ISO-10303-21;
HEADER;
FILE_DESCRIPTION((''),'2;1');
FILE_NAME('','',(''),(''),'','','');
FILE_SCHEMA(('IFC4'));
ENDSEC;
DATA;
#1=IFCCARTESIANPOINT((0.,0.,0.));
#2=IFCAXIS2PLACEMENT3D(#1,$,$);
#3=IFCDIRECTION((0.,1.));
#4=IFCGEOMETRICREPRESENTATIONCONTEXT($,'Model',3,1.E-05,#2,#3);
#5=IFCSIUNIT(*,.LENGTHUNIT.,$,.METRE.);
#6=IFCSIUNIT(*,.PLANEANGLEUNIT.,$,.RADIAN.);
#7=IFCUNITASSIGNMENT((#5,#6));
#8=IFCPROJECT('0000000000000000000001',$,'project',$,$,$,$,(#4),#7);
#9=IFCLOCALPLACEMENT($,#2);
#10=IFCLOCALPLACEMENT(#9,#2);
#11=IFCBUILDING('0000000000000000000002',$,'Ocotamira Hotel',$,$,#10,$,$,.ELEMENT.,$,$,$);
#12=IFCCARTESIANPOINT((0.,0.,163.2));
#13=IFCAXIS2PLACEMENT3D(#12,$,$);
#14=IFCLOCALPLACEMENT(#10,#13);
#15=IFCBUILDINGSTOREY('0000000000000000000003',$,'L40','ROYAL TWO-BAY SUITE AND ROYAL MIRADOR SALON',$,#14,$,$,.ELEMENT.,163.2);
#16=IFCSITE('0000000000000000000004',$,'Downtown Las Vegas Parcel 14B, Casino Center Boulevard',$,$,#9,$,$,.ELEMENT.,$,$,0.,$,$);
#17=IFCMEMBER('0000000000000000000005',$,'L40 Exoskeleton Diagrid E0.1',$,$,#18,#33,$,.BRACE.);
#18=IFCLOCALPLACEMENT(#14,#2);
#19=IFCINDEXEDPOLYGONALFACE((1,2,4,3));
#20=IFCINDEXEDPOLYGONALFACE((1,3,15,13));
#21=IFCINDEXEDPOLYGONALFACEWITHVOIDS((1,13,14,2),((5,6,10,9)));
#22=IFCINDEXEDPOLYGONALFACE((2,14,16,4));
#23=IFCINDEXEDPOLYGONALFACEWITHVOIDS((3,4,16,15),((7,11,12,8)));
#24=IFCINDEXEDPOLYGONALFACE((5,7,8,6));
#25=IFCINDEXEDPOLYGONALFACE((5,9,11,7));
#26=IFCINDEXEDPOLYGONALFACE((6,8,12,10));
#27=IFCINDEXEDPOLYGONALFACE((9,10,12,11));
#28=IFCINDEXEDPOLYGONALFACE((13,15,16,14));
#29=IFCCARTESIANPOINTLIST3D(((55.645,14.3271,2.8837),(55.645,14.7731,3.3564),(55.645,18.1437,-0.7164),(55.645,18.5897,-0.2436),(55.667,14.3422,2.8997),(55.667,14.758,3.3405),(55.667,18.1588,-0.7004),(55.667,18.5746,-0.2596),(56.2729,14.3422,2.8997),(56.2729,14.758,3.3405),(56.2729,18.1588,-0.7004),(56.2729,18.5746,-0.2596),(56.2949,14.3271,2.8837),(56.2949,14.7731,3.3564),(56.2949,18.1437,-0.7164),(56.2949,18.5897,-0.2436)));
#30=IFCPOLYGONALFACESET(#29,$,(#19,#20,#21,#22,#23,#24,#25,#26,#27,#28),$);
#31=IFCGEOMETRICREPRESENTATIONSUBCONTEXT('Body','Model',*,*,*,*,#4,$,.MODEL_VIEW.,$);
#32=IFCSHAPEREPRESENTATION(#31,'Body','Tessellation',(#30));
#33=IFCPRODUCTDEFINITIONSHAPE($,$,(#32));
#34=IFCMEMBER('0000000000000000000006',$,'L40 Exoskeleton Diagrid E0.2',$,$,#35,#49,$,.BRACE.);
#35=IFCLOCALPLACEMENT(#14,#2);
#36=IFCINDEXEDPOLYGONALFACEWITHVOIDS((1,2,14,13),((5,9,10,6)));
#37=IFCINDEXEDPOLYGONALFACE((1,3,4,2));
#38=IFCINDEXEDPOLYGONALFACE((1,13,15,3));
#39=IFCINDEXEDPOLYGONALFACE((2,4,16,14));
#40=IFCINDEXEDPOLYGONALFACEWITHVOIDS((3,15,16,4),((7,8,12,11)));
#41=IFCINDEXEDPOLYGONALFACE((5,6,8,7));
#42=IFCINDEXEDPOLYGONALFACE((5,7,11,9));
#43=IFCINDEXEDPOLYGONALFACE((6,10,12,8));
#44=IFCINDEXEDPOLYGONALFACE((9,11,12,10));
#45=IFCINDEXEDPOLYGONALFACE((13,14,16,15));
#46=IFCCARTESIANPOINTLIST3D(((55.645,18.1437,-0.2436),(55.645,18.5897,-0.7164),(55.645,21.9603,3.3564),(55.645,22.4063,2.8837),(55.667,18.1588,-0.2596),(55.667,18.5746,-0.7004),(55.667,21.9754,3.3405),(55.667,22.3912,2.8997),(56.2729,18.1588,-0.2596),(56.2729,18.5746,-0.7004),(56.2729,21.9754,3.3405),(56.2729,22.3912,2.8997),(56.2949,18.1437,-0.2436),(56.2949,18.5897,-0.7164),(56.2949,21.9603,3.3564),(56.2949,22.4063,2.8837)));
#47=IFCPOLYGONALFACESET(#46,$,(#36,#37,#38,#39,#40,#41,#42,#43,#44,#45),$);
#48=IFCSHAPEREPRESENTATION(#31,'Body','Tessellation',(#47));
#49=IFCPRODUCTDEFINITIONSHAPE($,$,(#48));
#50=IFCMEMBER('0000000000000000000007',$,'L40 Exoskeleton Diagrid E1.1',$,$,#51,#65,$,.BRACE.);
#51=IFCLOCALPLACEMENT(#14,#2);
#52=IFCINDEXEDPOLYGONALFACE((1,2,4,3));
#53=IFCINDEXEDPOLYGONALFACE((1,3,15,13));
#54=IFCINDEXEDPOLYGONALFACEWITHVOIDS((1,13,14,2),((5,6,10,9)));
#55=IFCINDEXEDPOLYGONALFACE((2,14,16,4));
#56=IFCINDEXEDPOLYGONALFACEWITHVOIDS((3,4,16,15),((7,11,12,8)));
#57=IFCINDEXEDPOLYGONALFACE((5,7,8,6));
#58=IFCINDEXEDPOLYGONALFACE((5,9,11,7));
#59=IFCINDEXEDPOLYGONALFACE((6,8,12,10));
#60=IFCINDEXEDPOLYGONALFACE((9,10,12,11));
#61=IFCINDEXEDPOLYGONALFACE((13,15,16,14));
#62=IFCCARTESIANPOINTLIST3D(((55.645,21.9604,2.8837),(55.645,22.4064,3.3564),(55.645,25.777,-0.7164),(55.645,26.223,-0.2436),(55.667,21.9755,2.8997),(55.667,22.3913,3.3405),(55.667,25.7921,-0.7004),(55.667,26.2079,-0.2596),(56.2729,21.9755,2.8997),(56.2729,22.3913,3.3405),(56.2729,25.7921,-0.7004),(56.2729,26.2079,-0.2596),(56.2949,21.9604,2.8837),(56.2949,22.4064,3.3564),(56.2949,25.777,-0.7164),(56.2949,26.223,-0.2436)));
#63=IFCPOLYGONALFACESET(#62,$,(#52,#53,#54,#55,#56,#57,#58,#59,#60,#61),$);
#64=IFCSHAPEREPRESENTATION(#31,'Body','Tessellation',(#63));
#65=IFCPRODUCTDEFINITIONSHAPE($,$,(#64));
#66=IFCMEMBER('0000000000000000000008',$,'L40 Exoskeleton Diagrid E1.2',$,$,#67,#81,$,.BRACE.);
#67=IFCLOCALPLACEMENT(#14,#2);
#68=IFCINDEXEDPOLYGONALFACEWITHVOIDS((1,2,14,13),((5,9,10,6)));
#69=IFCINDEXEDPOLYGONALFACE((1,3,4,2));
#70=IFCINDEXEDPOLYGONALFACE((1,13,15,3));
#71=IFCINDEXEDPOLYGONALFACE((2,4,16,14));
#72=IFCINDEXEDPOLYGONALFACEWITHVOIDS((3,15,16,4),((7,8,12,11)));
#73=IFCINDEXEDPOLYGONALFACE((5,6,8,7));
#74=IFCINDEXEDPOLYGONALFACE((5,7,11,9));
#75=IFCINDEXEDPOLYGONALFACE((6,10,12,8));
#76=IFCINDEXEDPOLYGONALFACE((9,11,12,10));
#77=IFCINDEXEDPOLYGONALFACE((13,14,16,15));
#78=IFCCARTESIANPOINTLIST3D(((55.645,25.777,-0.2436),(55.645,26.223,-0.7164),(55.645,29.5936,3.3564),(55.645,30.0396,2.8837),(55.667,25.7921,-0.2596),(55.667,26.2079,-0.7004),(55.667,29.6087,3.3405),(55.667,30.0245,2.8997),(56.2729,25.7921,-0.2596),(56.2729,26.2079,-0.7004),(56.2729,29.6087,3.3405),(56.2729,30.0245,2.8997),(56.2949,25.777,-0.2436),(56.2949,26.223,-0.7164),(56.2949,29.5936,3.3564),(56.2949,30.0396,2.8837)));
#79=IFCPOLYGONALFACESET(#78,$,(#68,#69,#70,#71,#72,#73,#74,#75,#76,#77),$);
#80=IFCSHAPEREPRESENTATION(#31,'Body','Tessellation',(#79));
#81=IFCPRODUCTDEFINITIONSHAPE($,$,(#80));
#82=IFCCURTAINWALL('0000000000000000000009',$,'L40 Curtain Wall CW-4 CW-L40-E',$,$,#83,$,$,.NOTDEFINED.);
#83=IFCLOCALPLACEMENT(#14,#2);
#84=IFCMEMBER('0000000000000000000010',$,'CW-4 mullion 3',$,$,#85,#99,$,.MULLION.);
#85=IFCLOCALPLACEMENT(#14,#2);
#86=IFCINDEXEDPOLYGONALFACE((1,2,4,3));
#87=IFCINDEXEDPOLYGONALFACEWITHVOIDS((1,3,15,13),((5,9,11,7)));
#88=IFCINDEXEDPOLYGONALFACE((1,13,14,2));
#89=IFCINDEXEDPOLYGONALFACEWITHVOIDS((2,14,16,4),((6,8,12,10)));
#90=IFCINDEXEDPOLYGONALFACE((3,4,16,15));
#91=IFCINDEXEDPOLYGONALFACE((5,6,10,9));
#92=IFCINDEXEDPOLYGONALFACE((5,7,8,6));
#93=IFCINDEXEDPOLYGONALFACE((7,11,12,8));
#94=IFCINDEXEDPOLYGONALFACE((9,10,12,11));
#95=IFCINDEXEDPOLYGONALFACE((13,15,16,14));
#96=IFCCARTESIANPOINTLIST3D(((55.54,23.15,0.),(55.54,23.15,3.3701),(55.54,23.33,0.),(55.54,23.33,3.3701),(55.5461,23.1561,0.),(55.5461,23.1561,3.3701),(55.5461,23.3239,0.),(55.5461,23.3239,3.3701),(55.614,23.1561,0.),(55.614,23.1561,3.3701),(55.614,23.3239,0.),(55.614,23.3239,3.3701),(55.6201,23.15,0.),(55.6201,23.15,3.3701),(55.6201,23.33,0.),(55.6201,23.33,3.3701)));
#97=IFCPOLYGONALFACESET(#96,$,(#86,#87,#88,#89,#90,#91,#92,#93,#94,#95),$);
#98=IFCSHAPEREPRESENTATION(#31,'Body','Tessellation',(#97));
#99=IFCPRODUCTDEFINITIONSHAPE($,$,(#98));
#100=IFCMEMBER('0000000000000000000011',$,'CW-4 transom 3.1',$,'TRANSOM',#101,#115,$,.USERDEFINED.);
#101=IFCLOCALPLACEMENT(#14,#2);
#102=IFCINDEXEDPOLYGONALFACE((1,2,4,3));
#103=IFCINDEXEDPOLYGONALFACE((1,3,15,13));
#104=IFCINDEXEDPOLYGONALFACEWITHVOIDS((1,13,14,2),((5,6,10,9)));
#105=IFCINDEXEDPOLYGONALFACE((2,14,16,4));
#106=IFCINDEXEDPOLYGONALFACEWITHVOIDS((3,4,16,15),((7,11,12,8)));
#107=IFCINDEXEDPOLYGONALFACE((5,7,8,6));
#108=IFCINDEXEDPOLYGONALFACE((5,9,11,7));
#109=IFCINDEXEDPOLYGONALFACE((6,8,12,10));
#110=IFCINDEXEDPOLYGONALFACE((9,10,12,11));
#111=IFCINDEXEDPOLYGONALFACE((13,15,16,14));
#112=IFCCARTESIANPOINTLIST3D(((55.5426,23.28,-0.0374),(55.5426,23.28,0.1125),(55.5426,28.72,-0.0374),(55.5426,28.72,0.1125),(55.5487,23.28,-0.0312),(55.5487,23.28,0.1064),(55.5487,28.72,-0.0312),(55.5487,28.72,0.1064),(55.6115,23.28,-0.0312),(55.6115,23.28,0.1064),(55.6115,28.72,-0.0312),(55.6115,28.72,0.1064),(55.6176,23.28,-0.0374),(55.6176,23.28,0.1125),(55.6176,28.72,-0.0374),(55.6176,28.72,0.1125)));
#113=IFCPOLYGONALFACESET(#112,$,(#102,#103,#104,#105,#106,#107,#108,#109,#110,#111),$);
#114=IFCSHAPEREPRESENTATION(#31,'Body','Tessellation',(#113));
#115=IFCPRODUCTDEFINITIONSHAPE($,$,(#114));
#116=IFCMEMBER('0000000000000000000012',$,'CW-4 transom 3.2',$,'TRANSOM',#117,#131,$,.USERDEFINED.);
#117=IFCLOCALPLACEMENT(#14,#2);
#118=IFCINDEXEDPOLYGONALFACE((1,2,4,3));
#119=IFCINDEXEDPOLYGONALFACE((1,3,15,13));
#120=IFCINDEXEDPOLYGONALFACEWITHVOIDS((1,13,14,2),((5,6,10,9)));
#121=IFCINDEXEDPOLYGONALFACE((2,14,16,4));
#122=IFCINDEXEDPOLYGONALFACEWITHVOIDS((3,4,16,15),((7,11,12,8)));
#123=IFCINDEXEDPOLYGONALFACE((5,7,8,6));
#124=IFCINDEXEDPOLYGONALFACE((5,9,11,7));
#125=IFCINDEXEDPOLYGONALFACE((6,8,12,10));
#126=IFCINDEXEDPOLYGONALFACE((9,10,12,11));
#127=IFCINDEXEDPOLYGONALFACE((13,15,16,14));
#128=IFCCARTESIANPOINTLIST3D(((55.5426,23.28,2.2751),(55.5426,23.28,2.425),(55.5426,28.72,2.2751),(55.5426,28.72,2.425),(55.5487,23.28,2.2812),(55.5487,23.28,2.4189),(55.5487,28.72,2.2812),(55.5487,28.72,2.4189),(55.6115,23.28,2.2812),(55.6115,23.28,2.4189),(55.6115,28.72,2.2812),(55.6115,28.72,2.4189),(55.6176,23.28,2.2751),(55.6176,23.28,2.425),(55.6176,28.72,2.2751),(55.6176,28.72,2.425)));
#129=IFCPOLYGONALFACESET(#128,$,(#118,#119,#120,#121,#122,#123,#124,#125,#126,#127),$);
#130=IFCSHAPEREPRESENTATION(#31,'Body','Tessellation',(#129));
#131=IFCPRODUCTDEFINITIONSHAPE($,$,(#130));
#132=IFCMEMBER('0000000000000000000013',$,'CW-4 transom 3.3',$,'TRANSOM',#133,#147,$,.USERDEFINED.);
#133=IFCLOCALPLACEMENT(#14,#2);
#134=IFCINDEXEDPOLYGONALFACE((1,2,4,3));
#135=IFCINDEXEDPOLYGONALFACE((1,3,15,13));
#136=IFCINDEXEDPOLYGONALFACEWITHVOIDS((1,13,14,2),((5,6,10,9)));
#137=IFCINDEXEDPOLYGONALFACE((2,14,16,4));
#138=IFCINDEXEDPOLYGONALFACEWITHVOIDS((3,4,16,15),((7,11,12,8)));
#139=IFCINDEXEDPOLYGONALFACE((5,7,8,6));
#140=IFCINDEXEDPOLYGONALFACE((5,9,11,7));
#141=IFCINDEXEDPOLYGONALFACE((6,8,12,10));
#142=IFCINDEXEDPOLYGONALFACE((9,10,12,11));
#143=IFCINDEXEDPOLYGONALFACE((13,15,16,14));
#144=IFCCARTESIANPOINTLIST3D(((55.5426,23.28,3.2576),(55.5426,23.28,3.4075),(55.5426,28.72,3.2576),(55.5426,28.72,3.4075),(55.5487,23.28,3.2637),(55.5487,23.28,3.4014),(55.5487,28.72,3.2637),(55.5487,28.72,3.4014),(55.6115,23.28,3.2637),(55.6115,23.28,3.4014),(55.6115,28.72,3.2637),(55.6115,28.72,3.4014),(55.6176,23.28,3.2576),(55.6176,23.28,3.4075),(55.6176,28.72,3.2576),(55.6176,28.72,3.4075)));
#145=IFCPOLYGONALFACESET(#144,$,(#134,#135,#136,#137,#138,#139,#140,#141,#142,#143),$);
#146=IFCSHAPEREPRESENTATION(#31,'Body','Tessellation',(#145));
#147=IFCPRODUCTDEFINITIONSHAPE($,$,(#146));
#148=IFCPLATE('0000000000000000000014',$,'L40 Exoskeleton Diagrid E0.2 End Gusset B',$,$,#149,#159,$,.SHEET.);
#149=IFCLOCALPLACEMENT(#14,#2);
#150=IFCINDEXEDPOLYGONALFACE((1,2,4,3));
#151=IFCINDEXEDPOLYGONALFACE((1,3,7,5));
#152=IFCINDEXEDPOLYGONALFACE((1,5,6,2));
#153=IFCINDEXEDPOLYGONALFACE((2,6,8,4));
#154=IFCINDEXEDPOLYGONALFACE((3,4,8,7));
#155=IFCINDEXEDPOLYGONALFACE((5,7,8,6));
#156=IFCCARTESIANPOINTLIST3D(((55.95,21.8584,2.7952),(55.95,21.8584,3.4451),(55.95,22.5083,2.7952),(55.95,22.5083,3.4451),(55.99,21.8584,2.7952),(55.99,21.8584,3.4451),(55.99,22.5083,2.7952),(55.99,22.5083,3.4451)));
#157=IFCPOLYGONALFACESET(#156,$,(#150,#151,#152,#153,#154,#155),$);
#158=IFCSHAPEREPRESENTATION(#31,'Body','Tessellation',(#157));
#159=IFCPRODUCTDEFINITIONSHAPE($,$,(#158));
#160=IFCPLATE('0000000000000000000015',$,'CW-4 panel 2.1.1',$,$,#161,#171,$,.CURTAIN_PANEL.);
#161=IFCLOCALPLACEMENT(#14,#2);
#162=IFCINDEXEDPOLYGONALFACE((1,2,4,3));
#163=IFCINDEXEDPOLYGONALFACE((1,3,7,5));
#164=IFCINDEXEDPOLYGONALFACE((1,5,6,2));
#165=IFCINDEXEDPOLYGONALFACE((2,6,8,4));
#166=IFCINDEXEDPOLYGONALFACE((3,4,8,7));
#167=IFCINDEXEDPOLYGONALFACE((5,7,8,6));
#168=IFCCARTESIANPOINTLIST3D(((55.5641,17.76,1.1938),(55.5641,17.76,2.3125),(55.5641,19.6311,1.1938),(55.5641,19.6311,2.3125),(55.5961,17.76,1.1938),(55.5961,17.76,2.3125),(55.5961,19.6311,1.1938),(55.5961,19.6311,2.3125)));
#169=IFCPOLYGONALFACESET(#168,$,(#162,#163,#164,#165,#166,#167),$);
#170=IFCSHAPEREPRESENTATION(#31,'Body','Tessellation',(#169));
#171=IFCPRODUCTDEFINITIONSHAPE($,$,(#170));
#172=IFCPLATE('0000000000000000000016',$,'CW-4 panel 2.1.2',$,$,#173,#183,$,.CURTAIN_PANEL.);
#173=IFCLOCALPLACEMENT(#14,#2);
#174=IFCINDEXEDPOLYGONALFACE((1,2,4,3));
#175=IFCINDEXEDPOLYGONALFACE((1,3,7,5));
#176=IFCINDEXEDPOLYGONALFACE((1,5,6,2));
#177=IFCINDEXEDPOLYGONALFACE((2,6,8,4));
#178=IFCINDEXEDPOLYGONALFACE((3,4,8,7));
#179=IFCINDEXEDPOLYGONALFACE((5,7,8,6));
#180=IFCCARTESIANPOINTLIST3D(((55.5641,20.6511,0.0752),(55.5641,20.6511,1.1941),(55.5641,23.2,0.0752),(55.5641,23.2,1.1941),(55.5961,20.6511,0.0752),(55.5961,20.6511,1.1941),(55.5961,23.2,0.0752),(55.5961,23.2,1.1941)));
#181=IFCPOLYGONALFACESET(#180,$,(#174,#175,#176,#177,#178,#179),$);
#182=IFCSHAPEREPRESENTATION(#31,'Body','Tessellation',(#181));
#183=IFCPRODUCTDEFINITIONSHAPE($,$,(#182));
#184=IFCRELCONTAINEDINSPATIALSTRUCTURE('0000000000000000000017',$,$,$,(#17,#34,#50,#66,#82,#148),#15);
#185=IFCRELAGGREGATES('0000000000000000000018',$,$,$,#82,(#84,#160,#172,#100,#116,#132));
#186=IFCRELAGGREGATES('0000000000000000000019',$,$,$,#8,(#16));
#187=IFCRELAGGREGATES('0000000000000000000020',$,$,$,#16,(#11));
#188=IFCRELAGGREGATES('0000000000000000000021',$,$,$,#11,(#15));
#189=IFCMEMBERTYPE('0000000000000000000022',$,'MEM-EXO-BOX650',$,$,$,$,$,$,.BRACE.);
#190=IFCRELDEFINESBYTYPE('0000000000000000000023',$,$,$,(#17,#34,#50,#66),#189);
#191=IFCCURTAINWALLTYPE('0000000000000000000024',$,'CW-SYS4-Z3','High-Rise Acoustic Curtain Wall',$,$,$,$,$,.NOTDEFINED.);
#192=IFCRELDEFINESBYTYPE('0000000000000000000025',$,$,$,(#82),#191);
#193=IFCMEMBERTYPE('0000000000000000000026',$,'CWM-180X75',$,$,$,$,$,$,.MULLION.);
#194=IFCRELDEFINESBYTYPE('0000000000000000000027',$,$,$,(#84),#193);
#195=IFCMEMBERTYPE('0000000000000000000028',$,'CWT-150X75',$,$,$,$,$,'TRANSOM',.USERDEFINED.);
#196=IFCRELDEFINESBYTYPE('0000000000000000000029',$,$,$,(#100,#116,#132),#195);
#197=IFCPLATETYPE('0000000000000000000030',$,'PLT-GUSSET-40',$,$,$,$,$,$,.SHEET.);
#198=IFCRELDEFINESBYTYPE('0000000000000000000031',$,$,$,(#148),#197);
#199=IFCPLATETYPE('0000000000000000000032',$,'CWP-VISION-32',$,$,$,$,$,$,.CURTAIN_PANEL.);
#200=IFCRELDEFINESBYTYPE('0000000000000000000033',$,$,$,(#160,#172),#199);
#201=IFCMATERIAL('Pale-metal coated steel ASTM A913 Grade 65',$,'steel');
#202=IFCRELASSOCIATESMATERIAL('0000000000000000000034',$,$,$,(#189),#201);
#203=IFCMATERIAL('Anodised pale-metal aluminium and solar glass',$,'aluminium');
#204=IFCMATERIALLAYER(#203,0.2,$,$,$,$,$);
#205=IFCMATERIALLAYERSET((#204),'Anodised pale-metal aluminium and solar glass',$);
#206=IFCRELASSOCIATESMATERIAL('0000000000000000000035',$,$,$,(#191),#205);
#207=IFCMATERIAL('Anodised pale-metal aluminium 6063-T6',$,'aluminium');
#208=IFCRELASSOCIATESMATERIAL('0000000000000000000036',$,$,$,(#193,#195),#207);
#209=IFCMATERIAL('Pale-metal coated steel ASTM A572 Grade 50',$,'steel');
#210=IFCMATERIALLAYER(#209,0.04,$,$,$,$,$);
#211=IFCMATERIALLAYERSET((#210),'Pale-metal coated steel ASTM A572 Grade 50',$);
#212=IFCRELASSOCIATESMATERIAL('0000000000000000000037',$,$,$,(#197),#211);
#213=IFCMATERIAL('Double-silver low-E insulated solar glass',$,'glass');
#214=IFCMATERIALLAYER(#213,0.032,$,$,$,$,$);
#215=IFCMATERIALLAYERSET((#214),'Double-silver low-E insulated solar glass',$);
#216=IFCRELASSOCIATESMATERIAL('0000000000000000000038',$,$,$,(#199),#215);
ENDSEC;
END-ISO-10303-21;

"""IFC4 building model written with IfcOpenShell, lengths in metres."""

from ifc_helpers import new_model, si_unit, direction, frame, origin, origin_2d, place, context, subcontext, project, spatial, rectangle, hollow_rectangle, extrude, source, transform, mapped, material, layer, layer_set, material_profile, profile_set, type_object, element, aggregate, save


model = new_model("IFC4")

# Units and contexts
model_context = context("Model", 3, precision=1e-05, world=origin(), true_north=direction((0.0, 1.0)))
body_context = subcontext(model_context, "Body", "Model", "MODEL_VIEW")
ifc_project = project(units=[si_unit("LENGTHUNIT", "METRE"), si_unit("PLANEANGLEUNIT", "RADIAN")], contexts=[model_context])

# Site, building, storey
site_placement = place(None, origin())
site = spatial("IfcSite", under=ifc_project, at=site_placement, Name="Downtown Las Vegas Parcel 14B, Casino Center Boulevard", CompositionType="ELEMENT", RefElevation=0.0)
building_placement = place(site_placement, origin())
building = spatial("IfcBuilding", under=site, at=building_placement, Name="Ocotamira Hotel", CompositionType="ELEMENT")
storey_placement = place(building_placement, frame((0.0, 0.0, 163.2)))
storey = spatial("IfcBuildingStorey", under=building, at=storey_placement, Name="L40", Description="ROYAL TWO-BAY SUITE AND ROYAL MIRADOR SALON", CompositionType="ELEMENT", Elevation=163.2)

# Members
ifc_material_1 = material(Name="Pale-metal coated steel ASTM A913 Grade 65", Category="steel")
ifc_material_profile_1 = material_profile(ifc_material_1, hollow_rectangle(XDim=0.6499, YDim=0.6499, WallThickness=0.022, at=origin_2d()), Name="BOX650X650X22")
ifc_profile_set_1 = profile_set([ifc_material_profile_1], Name="Pale-metal coated steel ASTM A913 Grade 65")
member_type_1 = type_object("IfcMemberType", Name="MEM-EXO-BOX650", PredefinedType="BRACE", material=ifc_profile_set_1)
shared_shape_1 = source(origin(), body_context, "Body", "SweptSolid", [
    extrude(hollow_rectangle(XDim=0.6499, YDim=0.6499, WallThickness=0.022, at=origin_2d()), origin(), (0.0, 0.0, 1.0), 5.2466),
])
for number, where, z_axis, x_axis, name in (
    (1, (55.97, 18.3667, -0.48), (0.0, -0.727443, 0.686168), (1.0, 0.0, 0.0), "L40 Exoskeleton Diagrid E0.1"),
    (2, (55.97, 18.3667, -0.48), (0.0, 0.727443, 0.686168), (-1.0, 0.0, 0.0), "L40 Exoskeleton Diagrid E0.2"),
    (3, (55.97, 26.0, -0.48), (0.0, -0.727443, 0.686168), (1.0, 0.0, 0.0), "L40 Exoskeleton Diagrid E1.1"),
    (4, (55.97, 26.0, -0.48), (0.0, 0.727443, 0.686168), (-1.0, 0.0, 0.0), "L40 Exoskeleton Diagrid E1.2"),
):
    element("IfcMember", number, at=place(storey_placement, frame(where, z_axis=z_axis, x_axis=x_axis)), inside=storey, type_object=member_type_1, Name=name, PredefinedType="BRACE", context=body_context, shape_type="MappedRepresentation", body=[
        mapped(shared_shape_1, transform((0.0, 0.0, 0.0), scale=1.0)),
    ])

# Curtain wall, members
ifc_material_2 = material(Name="Anodised pale-metal aluminium and solar glass", Category="aluminium")
ifc_layer_1 = layer(ifc_material_2, 0.2)
ifc_layer_set_1 = layer_set([ifc_layer_1], Name="Anodised pale-metal aluminium and solar glass")
curtain_wall_type = type_object("IfcCurtainWallType", Name="CW-SYS4-Z3", Description="High-Rise Acoustic Curtain Wall", PredefinedType="NOTDEFINED", material=ifc_layer_set_1)
curtain_wall_placement = place(storey_placement, origin())
curtain_wall = element("IfcCurtainWall", 5, at=curtain_wall_placement, inside=storey, type_object=curtain_wall_type, Name="L40 Curtain Wall CW-4 CW-L40-E", PredefinedType="NOTDEFINED")
ifc_material_3 = material(Name="Anodised pale-metal aluminium 6063-T6", Category="aluminium")
ifc_material_profile_2 = material_profile(ifc_material_3, hollow_rectangle(XDim=0.0801, YDim=0.1799, WallThickness=0.0061, at=origin_2d()), Name="HSS180X80X6")
ifc_profile_set_2 = profile_set([ifc_material_profile_2], Name="Anodised pale-metal aluminium 6063-T6")
member_type_2 = type_object("IfcMemberType", Name="CWM-180X75", PredefinedType="MULLION", material=ifc_profile_set_2)
shared_shape_2 = source(origin(), body_context, "Body", "SweptSolid", [
    extrude(hollow_rectangle(XDim=0.0801, YDim=0.1799, WallThickness=0.0061, at=origin_2d()), origin(), (0.0, 0.0, 1.0), 3.3701),
])
member_1_placement = place(storey_placement, frame((55.5801, 23.24, 0.0), z_axis=(0.0, 0.0, 1.0), x_axis=(-1.0, 0.0, 0.0)))
member_1 = element("IfcMember", 6, at=member_1_placement, type_object=member_type_2, Name="CW-4 mullion 3", PredefinedType="MULLION", context=body_context, shape_type="MappedRepresentation", body=[
    mapped(shared_shape_2, transform((0.0, 0.0, 0.0), scale=1.0)),
])
ifc_material_profile_3 = material_profile(ifc_material_3, hollow_rectangle(XDim=0.075, YDim=0.1499, WallThickness=0.0061, at=origin_2d()), Name="HSS150X75X6")
ifc_profile_set_3 = profile_set([ifc_material_profile_3], Name="Anodised pale-metal aluminium 6063-T6")
member_type_3 = type_object("IfcMemberType", Name="CWT-150X75", ElementType="TRANSOM", PredefinedType="USERDEFINED", material=ifc_profile_set_3)
shared_shape_3 = source(origin(), body_context, "Body", "SweptSolid", [
    extrude(hollow_rectangle(XDim=0.075, YDim=0.1499, WallThickness=0.0061, at=origin_2d()), origin(), (0.0, 0.0, 1.0), 5.4399),
])
member_2_placement = place(storey_placement, frame((55.5801, 23.28, 0.0376), z_axis=(0.0, 1.0, 0.0), x_axis=(-1.0, 0.0, 0.0)))
member_2 = element("IfcMember", 7, at=member_2_placement, type_object=member_type_3, Name="CW-4 transom 3.1", ObjectType="TRANSOM", PredefinedType="USERDEFINED", context=body_context, shape_type="MappedRepresentation", body=[
    mapped(shared_shape_3, transform((0.0, 0.0, 0.0), scale=1.0)),
])
member_3_placement = place(storey_placement, frame((55.5801, 23.28, 2.3501), z_axis=(0.0, 1.0, 0.0), x_axis=(-1.0, 0.0, 0.0)))
member_3 = element("IfcMember", 8, at=member_3_placement, type_object=member_type_3, Name="CW-4 transom 3.2", ObjectType="TRANSOM", PredefinedType="USERDEFINED", context=body_context, shape_type="MappedRepresentation", body=[
    mapped(shared_shape_3, transform((0.0, 0.0, 0.0), scale=1.0)),
])
member_4_placement = place(storey_placement, frame((55.5801, 23.28, 3.3325), z_axis=(0.0, 1.0, 0.0), x_axis=(-1.0, 0.0, 0.0)))
member_4 = element("IfcMember", 9, at=member_4_placement, type_object=member_type_3, Name="CW-4 transom 3.3", ObjectType="TRANSOM", PredefinedType="USERDEFINED", context=body_context, shape_type="MappedRepresentation", body=[
    mapped(shared_shape_3, transform((0.0, 0.0, 0.0), scale=1.0)),
])

# Plates
ifc_material_4 = material(Name="Pale-metal coated steel ASTM A572 Grade 50", Category="steel")
ifc_layer_2 = layer(ifc_material_4, 0.04)
ifc_layer_set_2 = layer_set([ifc_layer_2], Name="Pale-metal coated steel ASTM A572 Grade 50")
plate_type_1 = type_object("IfcPlateType", Name="PLT-GUSSET-40", PredefinedType="SHEET", material=ifc_layer_set_2)
shared_shape_4 = source(origin(), body_context, "Body", "SweptSolid", [
    extrude(rectangle(XDim=0.04, YDim=0.6499, at=origin_2d()), origin(), (0.0, 0.0, 1.0), 0.6499),
])
plate_1_placement = place(storey_placement, frame((55.97, 22.1833, 2.7952), z_axis=(0.0, 0.0, 1.0), x_axis=(1.0, 0.0, 0.0)))
element("IfcPlate", 10, at=plate_1_placement, inside=storey, type_object=plate_type_1, Name="L40 Exoskeleton Diagrid E0.2 End Gusset B", PredefinedType="SHEET", context=body_context, shape_type="MappedRepresentation", body=[
    mapped(shared_shape_4, transform((0.0, 0.0, 0.0), scale=1.0)),
])
ifc_material_5 = material(Name="Double-silver low-E insulated solar glass", Category="glass")
ifc_layer_3 = layer(ifc_material_5, 0.032)
ifc_layer_set_3 = layer_set([ifc_layer_3], Name="Double-silver low-E insulated solar glass")
plate_type_2 = type_object("IfcPlateType", Name="CWP-VISION-32", PredefinedType="CURTAIN_PANEL", material=ifc_layer_set_3)
shared_shape_5 = source(origin(), body_context, "Body", "SweptSolid", [
    extrude(rectangle(XDim=1.8711, YDim=0.032, at=origin_2d()), origin(), (0.0, 0.0, 1.0), 1.1187),
])
plate_2_placement = place(storey_placement, frame((55.5801, 18.6956, 1.1938), z_axis=(0.0, 0.0, 1.0), x_axis=(0.0, 1.0, 0.0)))
plate_2 = element("IfcPlate", 11, at=plate_2_placement, type_object=plate_type_2, Name="CW-4 panel 2.1.1", PredefinedType="CURTAIN_PANEL", context=body_context, shape_type="MappedRepresentation", body=[
    mapped(shared_shape_5, transform((0.0, 0.0, 0.0), scale=1.0)),
])
shared_shape_6 = source(origin(), body_context, "Body", "SweptSolid", [
    extrude(rectangle(XDim=2.5488, YDim=0.032, at=origin_2d()), origin(), (0.0, 0.0, 1.0), 1.1189),
])
plate_3_placement = place(storey_placement, frame((55.5801, 21.9255, 0.0752), z_axis=(0.0, 0.0, 1.0), x_axis=(0.0, 1.0, 0.0)))
plate_3 = element("IfcPlate", 12, at=plate_3_placement, type_object=plate_type_2, Name="CW-4 panel 2.1.2", PredefinedType="CURTAIN_PANEL", context=body_context, shape_type="MappedRepresentation", body=[
    mapped(shared_shape_6, transform((0.0, 0.0, 0.0), scale=1.0)),
])
aggregate(curtain_wall, [member_1, plate_2, plate_3, member_2, member_3, member_4])

save(model, "model.ifc")
